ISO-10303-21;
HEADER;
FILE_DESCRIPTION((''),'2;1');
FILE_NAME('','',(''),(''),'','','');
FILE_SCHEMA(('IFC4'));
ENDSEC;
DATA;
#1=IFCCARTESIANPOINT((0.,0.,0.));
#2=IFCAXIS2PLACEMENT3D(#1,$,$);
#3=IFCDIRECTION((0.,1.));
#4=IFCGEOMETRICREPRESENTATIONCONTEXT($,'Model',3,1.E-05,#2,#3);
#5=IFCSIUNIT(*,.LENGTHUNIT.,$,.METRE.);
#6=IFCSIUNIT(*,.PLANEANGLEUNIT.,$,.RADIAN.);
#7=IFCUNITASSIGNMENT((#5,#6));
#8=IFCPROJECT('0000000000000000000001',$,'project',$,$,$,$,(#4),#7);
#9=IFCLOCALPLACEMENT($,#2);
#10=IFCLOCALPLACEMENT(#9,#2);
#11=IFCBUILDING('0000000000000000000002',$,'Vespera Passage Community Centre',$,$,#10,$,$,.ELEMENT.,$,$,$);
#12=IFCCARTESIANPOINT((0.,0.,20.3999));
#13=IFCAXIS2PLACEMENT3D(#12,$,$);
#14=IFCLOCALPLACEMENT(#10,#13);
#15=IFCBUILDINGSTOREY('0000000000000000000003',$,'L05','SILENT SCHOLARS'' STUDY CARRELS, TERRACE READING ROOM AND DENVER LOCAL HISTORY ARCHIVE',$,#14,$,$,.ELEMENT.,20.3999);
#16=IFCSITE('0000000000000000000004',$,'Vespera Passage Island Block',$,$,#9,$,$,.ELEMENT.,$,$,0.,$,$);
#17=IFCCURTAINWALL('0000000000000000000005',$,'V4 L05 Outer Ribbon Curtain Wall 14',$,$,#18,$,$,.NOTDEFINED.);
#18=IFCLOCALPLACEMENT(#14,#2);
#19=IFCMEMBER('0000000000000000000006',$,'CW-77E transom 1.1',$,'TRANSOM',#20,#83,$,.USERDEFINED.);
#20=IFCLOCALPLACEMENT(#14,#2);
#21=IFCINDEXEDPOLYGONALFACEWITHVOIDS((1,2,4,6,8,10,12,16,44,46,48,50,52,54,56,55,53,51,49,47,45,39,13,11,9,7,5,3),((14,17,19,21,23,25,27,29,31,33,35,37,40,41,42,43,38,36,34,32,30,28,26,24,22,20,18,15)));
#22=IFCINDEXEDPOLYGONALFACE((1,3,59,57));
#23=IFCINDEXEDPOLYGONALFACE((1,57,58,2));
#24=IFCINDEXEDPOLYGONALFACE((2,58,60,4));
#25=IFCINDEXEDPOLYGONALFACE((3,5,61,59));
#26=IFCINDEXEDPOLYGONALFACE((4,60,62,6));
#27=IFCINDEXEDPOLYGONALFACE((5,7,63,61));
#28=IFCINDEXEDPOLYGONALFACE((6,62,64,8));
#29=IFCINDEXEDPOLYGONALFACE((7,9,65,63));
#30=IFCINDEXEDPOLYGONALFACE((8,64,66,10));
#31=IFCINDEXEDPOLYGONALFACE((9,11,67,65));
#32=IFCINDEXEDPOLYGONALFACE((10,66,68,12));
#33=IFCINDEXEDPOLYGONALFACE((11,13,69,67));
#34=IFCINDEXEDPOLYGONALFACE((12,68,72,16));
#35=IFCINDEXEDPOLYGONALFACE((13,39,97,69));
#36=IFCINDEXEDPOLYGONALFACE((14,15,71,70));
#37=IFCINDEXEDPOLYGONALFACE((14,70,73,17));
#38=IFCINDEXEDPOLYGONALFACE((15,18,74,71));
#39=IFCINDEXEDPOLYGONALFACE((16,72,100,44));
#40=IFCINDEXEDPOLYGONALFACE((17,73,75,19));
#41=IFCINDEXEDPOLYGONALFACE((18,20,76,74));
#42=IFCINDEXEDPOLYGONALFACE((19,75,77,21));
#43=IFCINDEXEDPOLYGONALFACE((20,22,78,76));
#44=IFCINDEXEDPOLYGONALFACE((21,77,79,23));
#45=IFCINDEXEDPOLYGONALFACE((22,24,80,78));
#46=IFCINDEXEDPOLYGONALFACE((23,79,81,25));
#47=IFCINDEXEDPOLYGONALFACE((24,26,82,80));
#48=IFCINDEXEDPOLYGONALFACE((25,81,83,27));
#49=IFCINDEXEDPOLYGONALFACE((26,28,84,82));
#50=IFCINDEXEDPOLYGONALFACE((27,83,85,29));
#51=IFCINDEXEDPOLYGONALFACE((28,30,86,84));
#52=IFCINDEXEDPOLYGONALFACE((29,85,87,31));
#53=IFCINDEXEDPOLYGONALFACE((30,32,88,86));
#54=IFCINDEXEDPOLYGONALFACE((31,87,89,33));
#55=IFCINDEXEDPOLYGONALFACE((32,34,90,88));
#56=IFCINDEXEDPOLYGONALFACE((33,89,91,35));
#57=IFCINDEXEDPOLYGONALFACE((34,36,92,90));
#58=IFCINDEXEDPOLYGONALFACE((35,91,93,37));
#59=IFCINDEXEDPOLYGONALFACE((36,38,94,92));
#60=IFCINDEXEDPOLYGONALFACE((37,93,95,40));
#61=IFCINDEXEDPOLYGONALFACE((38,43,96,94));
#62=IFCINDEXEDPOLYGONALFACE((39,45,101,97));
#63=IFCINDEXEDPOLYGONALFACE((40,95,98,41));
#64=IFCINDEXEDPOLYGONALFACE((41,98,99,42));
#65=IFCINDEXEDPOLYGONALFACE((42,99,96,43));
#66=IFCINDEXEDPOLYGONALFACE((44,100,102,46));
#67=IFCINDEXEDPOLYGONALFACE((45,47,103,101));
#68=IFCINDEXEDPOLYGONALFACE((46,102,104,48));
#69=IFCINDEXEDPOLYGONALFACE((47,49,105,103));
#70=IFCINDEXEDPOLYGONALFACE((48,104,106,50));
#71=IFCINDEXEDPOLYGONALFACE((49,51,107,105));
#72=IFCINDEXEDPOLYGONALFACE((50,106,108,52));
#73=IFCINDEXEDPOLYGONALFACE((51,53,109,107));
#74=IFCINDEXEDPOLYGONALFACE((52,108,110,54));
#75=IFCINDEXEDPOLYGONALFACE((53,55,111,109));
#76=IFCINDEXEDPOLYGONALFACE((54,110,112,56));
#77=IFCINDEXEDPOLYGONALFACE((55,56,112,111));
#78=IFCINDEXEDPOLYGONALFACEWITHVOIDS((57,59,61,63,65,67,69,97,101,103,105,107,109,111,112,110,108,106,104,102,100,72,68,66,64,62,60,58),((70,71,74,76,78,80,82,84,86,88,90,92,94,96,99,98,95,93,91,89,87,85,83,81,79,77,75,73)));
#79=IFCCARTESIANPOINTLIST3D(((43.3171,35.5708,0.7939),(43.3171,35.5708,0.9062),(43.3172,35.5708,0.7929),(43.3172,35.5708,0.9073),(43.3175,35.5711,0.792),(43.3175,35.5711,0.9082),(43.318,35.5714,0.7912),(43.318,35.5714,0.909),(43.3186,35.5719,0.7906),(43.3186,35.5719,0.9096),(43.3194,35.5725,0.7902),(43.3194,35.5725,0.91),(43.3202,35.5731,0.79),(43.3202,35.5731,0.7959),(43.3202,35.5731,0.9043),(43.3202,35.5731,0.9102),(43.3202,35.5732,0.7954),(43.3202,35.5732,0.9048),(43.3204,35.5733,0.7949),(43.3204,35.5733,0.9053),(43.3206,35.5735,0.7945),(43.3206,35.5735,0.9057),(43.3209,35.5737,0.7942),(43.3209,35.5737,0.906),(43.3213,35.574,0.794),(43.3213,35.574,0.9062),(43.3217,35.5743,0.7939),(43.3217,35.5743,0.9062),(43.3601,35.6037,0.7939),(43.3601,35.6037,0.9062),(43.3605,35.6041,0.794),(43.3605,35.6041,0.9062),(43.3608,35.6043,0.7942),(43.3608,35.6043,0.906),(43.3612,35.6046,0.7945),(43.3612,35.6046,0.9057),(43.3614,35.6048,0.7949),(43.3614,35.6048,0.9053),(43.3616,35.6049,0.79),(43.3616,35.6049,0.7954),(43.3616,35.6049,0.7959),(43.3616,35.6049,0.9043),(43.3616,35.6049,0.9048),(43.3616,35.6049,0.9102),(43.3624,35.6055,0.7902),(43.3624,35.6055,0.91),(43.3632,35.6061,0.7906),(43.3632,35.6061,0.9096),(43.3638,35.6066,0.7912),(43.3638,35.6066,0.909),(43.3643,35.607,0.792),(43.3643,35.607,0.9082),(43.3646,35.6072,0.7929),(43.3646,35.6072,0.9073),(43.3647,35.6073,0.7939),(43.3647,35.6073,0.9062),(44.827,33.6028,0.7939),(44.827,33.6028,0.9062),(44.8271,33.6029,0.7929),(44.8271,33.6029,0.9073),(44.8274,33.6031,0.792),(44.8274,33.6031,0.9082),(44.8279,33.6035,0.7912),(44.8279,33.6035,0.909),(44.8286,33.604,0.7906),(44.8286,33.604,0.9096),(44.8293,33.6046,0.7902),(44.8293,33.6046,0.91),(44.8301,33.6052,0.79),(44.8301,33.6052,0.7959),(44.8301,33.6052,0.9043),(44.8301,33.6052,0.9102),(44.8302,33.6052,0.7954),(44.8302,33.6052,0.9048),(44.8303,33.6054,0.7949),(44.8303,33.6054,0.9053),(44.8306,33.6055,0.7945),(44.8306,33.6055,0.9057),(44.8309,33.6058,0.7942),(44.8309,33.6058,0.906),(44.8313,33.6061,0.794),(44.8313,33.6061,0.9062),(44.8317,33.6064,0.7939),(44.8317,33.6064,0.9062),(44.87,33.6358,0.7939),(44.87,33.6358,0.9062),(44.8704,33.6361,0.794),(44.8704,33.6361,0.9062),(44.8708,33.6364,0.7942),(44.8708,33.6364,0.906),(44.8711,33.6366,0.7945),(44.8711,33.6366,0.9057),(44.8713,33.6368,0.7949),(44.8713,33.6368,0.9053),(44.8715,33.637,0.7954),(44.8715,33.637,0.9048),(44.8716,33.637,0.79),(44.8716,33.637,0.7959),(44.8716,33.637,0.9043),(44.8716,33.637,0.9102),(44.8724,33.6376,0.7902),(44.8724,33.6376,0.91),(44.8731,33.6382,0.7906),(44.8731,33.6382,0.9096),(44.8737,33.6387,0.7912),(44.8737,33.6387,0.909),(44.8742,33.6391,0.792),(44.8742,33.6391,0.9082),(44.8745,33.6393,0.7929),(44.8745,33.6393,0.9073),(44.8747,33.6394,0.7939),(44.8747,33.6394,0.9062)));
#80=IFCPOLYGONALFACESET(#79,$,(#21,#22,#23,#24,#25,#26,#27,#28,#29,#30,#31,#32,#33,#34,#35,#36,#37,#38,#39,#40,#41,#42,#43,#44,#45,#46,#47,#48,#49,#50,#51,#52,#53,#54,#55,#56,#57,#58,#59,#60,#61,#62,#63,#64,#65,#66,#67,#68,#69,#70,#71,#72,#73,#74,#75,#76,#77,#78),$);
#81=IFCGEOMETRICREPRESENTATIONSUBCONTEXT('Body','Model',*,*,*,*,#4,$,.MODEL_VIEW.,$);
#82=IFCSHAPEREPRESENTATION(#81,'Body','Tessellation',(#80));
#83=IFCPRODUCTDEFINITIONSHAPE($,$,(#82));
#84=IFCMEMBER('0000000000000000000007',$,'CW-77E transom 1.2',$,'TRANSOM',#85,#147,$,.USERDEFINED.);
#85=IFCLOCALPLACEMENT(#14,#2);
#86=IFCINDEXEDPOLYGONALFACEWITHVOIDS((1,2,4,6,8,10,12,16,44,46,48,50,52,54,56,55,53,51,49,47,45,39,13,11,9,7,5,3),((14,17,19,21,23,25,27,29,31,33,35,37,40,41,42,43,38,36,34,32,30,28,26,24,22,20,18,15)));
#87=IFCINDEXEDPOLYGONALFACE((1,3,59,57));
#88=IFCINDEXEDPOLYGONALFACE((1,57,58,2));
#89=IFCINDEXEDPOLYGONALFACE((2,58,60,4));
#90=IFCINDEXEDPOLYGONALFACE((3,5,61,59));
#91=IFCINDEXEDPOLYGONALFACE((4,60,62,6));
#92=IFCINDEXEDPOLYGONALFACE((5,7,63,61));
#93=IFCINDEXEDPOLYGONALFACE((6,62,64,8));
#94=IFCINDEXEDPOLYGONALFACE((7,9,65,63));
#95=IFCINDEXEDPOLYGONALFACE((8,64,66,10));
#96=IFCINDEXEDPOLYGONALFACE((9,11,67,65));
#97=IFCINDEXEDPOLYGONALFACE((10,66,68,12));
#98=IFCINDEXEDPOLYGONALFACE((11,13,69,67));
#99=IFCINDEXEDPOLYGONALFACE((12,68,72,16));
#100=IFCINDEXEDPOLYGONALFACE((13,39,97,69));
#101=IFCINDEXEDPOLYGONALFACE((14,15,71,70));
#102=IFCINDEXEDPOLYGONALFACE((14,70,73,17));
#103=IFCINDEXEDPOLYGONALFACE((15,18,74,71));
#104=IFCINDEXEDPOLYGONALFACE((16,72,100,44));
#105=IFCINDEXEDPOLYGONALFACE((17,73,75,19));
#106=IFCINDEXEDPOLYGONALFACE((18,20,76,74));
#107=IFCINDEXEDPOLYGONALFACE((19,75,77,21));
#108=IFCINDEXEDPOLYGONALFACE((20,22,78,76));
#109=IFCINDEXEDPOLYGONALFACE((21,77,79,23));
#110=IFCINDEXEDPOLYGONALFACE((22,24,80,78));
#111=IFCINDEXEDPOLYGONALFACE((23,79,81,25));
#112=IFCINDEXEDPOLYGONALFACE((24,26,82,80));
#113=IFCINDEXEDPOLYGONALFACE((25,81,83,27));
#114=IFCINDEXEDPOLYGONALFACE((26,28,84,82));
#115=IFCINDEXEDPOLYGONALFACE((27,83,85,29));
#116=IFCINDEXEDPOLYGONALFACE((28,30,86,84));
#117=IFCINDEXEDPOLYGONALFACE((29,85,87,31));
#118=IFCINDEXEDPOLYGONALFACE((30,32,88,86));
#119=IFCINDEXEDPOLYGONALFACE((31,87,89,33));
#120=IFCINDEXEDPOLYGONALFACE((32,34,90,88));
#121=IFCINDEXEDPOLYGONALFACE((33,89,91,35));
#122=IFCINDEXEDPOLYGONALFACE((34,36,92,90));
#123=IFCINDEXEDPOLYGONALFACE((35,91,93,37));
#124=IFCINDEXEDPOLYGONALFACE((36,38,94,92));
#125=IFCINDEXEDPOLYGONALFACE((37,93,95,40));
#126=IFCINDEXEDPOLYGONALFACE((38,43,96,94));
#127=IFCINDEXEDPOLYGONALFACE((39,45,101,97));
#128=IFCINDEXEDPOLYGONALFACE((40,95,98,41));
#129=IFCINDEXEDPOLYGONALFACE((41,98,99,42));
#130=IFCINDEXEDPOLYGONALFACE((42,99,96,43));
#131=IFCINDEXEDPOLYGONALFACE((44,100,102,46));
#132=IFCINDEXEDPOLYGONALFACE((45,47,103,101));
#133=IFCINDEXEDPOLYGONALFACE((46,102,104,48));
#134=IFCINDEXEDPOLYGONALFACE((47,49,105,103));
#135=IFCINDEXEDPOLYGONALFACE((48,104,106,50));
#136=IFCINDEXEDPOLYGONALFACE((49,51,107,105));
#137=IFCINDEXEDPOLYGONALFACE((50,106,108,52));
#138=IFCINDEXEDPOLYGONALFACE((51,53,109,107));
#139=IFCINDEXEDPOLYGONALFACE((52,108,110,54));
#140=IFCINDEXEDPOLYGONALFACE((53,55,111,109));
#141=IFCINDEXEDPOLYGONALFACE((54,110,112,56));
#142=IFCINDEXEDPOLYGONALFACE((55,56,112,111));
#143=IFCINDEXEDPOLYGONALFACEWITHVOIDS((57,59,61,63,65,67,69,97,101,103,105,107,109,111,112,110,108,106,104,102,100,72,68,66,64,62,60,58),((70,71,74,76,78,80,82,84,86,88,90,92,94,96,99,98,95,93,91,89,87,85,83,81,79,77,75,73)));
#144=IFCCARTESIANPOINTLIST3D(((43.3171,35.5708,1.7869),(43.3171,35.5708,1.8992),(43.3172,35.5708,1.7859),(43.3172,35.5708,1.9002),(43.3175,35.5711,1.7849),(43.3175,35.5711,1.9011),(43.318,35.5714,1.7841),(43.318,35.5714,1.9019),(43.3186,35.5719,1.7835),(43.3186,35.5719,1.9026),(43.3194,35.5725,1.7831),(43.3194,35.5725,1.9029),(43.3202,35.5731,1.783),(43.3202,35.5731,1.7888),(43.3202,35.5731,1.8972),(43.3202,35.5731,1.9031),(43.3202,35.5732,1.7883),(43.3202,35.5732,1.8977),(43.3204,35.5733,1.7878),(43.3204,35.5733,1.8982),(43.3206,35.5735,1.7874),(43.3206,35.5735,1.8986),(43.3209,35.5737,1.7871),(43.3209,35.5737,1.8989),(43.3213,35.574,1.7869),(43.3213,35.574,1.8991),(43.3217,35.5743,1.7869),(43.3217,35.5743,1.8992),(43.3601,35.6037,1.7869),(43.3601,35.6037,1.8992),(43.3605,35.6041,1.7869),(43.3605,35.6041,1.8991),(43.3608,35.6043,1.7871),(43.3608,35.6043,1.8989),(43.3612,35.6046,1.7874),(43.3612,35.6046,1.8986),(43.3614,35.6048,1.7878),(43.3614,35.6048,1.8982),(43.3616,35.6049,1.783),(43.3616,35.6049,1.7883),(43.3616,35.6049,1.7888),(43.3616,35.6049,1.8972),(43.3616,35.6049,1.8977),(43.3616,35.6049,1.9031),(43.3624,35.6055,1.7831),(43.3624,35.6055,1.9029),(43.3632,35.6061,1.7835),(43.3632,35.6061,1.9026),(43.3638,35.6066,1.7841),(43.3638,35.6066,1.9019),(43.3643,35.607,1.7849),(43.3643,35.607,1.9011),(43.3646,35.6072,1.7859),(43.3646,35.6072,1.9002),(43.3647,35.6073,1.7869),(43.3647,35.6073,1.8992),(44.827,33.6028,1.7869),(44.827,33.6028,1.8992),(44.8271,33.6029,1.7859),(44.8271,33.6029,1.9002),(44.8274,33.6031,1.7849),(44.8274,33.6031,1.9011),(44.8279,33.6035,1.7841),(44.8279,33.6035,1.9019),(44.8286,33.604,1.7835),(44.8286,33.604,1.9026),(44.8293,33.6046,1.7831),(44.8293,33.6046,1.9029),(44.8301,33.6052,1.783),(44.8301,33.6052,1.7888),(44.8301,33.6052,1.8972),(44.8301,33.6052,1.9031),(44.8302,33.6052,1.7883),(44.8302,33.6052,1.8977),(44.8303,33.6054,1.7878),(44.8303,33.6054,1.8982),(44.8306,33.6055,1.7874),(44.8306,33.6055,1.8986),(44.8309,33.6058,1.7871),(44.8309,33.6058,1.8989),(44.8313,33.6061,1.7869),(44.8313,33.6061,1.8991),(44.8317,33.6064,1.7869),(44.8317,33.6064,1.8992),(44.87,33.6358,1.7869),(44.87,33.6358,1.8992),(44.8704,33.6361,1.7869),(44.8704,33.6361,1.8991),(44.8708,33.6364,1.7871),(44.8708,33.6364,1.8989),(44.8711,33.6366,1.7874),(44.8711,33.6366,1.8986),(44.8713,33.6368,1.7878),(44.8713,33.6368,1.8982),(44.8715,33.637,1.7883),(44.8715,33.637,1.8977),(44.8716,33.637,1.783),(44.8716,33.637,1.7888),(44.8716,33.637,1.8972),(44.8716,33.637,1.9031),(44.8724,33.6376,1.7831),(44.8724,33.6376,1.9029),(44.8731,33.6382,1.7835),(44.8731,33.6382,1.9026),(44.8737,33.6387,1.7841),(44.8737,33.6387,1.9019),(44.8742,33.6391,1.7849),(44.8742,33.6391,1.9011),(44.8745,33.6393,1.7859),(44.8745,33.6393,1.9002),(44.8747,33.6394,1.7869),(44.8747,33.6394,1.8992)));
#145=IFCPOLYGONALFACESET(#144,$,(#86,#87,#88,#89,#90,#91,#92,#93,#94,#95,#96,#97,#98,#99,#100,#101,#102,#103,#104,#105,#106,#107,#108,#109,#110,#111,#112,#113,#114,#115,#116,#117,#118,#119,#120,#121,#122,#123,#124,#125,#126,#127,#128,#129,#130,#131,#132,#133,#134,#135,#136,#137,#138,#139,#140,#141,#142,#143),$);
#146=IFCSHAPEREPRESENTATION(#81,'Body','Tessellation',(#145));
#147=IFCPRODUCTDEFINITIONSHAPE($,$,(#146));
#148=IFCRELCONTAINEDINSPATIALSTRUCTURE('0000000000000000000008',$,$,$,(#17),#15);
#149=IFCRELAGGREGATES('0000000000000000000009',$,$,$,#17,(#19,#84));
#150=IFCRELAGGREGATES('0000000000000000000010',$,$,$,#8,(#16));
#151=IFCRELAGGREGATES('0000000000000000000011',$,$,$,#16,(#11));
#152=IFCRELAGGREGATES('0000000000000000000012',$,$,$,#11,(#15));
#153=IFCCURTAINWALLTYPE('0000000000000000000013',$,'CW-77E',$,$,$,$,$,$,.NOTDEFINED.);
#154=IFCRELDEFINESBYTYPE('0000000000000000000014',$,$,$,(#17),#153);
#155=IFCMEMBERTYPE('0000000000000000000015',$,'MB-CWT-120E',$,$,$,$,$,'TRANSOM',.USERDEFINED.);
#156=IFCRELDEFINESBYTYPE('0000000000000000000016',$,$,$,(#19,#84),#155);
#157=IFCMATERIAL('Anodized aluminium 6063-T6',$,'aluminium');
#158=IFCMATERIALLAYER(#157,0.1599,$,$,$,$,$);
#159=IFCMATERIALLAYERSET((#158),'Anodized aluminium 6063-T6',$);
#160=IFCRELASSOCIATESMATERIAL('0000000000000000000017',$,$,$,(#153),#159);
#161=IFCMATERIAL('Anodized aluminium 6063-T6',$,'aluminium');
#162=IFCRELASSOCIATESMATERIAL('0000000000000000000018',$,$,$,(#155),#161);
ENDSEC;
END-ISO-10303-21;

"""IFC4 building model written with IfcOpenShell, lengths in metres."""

from ifc_helpers import new_model, si_unit, direction, frame, origin, origin_2d, place, context, subcontext, project, spatial, hollow_rectangle, extrude, material, layer, layer_set, material_profile, profile_set, type_object, element, aggregate, save


model = new_model("IFC4")

# Units and contexts
model_context = context("Model", 3, precision=1e-05, world=origin(), true_north=direction((0.0, 1.0)))
body_context = subcontext(model_context, "Body", "Model", "MODEL_VIEW")
ifc_project = project(units=[si_unit("LENGTHUNIT", "METRE"), si_unit("PLANEANGLEUNIT", "RADIAN")], contexts=[model_context])

# Site, building, storey
site_placement = place(None, origin())
site = spatial("IfcSite", under=ifc_project, at=site_placement, Name="Vespera Passage Island Block", CompositionType="ELEMENT", RefElevation=0.0)
building_placement = place(site_placement, origin())
building = spatial("IfcBuilding", under=site, at=building_placement, Name="Vespera Passage Community Centre", CompositionType="ELEMENT")
storey_placement = place(building_placement, frame((0.0, 0.0, 20.3999)))
storey = spatial("IfcBuildingStorey", under=building, at=storey_placement, Name="L05", Description="SILENT SCHOLARS' STUDY CARRELS, TERRACE READING ROOM AND DENVER LOCAL HISTORY ARCHIVE", CompositionType="ELEMENT", Elevation=20.3999)

# Curtain wall, members
ifc_material_1 = material(Name="Anodized aluminium 6063-T6", Category="aluminium")
ifc_layer_1 = layer(ifc_material_1, 0.1599)
ifc_layer_set_1 = layer_set([ifc_layer_1], Name="Anodized aluminium 6063-T6")
curtain_wall_type_1 = type_object("IfcCurtainWallType", Name="CW-77E", PredefinedType="NOTDEFINED", material=ifc_layer_set_1)
curtain_wall_1_placement = place(storey_placement, origin())
curtain_wall_1 = element("IfcCurtainWall", 1, at=curtain_wall_1_placement, inside=storey, type_object=curtain_wall_type_1, Name="V4 L05 Outer Ribbon Curtain Wall 14", PredefinedType="NOTDEFINED")
ifc_material_2 = material(Name="Anodized aluminium 6063-T6", Category="aluminium")
ifc_material_profile_1 = material_profile(ifc_material_2, hollow_rectangle(XDim=0.0601, YDim=0.1201, WallThickness=0.0039, InnerFilletRadius=0.002, OuterFilletRadius=0.0039, at=origin_2d()), Name="ALU120X60X4")
ifc_profile_set_1 = profile_set([ifc_material_profile_1], Name="Anodized aluminium 6063-T6")
member_type_1 = type_object("IfcMemberType", Name="MB-CWT-120E", ElementType="TRANSOM", PredefinedType="USERDEFINED", material=ifc_profile_set_1)
member_1_placement = place(storey_placement, frame((44.8508, 33.6211, 0.8501), z_axis=(-0.608735, 0.793373, 0.0), x_axis=(-0.793373, -0.608735, 0.0)))
member_1 = element("IfcMember", 2, at=member_1_placement, type_object=member_type_1, Name="CW-77E transom 1.1", ObjectType="TRANSOM", PredefinedType="USERDEFINED", context=body_context, shape_type="SweptSolid", body=[
    extrude(hollow_rectangle(XDim=0.0601, YDim=0.1201, WallThickness=0.0039, InnerFilletRadius=0.002, OuterFilletRadius=0.0039, at=origin_2d()), origin(), (0.0, 0.0, 1.0), 2.4805),
])
member_2_placement = place(storey_placement, frame((44.8508, 33.6211, 1.843), z_axis=(-0.608735, 0.793373, 0.0), x_axis=(-0.793373, -0.608735, 0.0)))
member_2 = element("IfcMember", 3, at=member_2_placement, type_object=member_type_1, Name="CW-77E transom 1.2", ObjectType="TRANSOM", PredefinedType="USERDEFINED", context=body_context, shape_type="SweptSolid", body=[
    extrude(hollow_rectangle(XDim=0.0601, YDim=0.1201, WallThickness=0.0039, InnerFilletRadius=0.002, OuterFilletRadius=0.0039, at=origin_2d()), origin(), (0.0, 0.0, 1.0), 2.4805),
])

aggregate(curtain_wall_1, [member_1, member_2])

save(model, "model.ifc")
